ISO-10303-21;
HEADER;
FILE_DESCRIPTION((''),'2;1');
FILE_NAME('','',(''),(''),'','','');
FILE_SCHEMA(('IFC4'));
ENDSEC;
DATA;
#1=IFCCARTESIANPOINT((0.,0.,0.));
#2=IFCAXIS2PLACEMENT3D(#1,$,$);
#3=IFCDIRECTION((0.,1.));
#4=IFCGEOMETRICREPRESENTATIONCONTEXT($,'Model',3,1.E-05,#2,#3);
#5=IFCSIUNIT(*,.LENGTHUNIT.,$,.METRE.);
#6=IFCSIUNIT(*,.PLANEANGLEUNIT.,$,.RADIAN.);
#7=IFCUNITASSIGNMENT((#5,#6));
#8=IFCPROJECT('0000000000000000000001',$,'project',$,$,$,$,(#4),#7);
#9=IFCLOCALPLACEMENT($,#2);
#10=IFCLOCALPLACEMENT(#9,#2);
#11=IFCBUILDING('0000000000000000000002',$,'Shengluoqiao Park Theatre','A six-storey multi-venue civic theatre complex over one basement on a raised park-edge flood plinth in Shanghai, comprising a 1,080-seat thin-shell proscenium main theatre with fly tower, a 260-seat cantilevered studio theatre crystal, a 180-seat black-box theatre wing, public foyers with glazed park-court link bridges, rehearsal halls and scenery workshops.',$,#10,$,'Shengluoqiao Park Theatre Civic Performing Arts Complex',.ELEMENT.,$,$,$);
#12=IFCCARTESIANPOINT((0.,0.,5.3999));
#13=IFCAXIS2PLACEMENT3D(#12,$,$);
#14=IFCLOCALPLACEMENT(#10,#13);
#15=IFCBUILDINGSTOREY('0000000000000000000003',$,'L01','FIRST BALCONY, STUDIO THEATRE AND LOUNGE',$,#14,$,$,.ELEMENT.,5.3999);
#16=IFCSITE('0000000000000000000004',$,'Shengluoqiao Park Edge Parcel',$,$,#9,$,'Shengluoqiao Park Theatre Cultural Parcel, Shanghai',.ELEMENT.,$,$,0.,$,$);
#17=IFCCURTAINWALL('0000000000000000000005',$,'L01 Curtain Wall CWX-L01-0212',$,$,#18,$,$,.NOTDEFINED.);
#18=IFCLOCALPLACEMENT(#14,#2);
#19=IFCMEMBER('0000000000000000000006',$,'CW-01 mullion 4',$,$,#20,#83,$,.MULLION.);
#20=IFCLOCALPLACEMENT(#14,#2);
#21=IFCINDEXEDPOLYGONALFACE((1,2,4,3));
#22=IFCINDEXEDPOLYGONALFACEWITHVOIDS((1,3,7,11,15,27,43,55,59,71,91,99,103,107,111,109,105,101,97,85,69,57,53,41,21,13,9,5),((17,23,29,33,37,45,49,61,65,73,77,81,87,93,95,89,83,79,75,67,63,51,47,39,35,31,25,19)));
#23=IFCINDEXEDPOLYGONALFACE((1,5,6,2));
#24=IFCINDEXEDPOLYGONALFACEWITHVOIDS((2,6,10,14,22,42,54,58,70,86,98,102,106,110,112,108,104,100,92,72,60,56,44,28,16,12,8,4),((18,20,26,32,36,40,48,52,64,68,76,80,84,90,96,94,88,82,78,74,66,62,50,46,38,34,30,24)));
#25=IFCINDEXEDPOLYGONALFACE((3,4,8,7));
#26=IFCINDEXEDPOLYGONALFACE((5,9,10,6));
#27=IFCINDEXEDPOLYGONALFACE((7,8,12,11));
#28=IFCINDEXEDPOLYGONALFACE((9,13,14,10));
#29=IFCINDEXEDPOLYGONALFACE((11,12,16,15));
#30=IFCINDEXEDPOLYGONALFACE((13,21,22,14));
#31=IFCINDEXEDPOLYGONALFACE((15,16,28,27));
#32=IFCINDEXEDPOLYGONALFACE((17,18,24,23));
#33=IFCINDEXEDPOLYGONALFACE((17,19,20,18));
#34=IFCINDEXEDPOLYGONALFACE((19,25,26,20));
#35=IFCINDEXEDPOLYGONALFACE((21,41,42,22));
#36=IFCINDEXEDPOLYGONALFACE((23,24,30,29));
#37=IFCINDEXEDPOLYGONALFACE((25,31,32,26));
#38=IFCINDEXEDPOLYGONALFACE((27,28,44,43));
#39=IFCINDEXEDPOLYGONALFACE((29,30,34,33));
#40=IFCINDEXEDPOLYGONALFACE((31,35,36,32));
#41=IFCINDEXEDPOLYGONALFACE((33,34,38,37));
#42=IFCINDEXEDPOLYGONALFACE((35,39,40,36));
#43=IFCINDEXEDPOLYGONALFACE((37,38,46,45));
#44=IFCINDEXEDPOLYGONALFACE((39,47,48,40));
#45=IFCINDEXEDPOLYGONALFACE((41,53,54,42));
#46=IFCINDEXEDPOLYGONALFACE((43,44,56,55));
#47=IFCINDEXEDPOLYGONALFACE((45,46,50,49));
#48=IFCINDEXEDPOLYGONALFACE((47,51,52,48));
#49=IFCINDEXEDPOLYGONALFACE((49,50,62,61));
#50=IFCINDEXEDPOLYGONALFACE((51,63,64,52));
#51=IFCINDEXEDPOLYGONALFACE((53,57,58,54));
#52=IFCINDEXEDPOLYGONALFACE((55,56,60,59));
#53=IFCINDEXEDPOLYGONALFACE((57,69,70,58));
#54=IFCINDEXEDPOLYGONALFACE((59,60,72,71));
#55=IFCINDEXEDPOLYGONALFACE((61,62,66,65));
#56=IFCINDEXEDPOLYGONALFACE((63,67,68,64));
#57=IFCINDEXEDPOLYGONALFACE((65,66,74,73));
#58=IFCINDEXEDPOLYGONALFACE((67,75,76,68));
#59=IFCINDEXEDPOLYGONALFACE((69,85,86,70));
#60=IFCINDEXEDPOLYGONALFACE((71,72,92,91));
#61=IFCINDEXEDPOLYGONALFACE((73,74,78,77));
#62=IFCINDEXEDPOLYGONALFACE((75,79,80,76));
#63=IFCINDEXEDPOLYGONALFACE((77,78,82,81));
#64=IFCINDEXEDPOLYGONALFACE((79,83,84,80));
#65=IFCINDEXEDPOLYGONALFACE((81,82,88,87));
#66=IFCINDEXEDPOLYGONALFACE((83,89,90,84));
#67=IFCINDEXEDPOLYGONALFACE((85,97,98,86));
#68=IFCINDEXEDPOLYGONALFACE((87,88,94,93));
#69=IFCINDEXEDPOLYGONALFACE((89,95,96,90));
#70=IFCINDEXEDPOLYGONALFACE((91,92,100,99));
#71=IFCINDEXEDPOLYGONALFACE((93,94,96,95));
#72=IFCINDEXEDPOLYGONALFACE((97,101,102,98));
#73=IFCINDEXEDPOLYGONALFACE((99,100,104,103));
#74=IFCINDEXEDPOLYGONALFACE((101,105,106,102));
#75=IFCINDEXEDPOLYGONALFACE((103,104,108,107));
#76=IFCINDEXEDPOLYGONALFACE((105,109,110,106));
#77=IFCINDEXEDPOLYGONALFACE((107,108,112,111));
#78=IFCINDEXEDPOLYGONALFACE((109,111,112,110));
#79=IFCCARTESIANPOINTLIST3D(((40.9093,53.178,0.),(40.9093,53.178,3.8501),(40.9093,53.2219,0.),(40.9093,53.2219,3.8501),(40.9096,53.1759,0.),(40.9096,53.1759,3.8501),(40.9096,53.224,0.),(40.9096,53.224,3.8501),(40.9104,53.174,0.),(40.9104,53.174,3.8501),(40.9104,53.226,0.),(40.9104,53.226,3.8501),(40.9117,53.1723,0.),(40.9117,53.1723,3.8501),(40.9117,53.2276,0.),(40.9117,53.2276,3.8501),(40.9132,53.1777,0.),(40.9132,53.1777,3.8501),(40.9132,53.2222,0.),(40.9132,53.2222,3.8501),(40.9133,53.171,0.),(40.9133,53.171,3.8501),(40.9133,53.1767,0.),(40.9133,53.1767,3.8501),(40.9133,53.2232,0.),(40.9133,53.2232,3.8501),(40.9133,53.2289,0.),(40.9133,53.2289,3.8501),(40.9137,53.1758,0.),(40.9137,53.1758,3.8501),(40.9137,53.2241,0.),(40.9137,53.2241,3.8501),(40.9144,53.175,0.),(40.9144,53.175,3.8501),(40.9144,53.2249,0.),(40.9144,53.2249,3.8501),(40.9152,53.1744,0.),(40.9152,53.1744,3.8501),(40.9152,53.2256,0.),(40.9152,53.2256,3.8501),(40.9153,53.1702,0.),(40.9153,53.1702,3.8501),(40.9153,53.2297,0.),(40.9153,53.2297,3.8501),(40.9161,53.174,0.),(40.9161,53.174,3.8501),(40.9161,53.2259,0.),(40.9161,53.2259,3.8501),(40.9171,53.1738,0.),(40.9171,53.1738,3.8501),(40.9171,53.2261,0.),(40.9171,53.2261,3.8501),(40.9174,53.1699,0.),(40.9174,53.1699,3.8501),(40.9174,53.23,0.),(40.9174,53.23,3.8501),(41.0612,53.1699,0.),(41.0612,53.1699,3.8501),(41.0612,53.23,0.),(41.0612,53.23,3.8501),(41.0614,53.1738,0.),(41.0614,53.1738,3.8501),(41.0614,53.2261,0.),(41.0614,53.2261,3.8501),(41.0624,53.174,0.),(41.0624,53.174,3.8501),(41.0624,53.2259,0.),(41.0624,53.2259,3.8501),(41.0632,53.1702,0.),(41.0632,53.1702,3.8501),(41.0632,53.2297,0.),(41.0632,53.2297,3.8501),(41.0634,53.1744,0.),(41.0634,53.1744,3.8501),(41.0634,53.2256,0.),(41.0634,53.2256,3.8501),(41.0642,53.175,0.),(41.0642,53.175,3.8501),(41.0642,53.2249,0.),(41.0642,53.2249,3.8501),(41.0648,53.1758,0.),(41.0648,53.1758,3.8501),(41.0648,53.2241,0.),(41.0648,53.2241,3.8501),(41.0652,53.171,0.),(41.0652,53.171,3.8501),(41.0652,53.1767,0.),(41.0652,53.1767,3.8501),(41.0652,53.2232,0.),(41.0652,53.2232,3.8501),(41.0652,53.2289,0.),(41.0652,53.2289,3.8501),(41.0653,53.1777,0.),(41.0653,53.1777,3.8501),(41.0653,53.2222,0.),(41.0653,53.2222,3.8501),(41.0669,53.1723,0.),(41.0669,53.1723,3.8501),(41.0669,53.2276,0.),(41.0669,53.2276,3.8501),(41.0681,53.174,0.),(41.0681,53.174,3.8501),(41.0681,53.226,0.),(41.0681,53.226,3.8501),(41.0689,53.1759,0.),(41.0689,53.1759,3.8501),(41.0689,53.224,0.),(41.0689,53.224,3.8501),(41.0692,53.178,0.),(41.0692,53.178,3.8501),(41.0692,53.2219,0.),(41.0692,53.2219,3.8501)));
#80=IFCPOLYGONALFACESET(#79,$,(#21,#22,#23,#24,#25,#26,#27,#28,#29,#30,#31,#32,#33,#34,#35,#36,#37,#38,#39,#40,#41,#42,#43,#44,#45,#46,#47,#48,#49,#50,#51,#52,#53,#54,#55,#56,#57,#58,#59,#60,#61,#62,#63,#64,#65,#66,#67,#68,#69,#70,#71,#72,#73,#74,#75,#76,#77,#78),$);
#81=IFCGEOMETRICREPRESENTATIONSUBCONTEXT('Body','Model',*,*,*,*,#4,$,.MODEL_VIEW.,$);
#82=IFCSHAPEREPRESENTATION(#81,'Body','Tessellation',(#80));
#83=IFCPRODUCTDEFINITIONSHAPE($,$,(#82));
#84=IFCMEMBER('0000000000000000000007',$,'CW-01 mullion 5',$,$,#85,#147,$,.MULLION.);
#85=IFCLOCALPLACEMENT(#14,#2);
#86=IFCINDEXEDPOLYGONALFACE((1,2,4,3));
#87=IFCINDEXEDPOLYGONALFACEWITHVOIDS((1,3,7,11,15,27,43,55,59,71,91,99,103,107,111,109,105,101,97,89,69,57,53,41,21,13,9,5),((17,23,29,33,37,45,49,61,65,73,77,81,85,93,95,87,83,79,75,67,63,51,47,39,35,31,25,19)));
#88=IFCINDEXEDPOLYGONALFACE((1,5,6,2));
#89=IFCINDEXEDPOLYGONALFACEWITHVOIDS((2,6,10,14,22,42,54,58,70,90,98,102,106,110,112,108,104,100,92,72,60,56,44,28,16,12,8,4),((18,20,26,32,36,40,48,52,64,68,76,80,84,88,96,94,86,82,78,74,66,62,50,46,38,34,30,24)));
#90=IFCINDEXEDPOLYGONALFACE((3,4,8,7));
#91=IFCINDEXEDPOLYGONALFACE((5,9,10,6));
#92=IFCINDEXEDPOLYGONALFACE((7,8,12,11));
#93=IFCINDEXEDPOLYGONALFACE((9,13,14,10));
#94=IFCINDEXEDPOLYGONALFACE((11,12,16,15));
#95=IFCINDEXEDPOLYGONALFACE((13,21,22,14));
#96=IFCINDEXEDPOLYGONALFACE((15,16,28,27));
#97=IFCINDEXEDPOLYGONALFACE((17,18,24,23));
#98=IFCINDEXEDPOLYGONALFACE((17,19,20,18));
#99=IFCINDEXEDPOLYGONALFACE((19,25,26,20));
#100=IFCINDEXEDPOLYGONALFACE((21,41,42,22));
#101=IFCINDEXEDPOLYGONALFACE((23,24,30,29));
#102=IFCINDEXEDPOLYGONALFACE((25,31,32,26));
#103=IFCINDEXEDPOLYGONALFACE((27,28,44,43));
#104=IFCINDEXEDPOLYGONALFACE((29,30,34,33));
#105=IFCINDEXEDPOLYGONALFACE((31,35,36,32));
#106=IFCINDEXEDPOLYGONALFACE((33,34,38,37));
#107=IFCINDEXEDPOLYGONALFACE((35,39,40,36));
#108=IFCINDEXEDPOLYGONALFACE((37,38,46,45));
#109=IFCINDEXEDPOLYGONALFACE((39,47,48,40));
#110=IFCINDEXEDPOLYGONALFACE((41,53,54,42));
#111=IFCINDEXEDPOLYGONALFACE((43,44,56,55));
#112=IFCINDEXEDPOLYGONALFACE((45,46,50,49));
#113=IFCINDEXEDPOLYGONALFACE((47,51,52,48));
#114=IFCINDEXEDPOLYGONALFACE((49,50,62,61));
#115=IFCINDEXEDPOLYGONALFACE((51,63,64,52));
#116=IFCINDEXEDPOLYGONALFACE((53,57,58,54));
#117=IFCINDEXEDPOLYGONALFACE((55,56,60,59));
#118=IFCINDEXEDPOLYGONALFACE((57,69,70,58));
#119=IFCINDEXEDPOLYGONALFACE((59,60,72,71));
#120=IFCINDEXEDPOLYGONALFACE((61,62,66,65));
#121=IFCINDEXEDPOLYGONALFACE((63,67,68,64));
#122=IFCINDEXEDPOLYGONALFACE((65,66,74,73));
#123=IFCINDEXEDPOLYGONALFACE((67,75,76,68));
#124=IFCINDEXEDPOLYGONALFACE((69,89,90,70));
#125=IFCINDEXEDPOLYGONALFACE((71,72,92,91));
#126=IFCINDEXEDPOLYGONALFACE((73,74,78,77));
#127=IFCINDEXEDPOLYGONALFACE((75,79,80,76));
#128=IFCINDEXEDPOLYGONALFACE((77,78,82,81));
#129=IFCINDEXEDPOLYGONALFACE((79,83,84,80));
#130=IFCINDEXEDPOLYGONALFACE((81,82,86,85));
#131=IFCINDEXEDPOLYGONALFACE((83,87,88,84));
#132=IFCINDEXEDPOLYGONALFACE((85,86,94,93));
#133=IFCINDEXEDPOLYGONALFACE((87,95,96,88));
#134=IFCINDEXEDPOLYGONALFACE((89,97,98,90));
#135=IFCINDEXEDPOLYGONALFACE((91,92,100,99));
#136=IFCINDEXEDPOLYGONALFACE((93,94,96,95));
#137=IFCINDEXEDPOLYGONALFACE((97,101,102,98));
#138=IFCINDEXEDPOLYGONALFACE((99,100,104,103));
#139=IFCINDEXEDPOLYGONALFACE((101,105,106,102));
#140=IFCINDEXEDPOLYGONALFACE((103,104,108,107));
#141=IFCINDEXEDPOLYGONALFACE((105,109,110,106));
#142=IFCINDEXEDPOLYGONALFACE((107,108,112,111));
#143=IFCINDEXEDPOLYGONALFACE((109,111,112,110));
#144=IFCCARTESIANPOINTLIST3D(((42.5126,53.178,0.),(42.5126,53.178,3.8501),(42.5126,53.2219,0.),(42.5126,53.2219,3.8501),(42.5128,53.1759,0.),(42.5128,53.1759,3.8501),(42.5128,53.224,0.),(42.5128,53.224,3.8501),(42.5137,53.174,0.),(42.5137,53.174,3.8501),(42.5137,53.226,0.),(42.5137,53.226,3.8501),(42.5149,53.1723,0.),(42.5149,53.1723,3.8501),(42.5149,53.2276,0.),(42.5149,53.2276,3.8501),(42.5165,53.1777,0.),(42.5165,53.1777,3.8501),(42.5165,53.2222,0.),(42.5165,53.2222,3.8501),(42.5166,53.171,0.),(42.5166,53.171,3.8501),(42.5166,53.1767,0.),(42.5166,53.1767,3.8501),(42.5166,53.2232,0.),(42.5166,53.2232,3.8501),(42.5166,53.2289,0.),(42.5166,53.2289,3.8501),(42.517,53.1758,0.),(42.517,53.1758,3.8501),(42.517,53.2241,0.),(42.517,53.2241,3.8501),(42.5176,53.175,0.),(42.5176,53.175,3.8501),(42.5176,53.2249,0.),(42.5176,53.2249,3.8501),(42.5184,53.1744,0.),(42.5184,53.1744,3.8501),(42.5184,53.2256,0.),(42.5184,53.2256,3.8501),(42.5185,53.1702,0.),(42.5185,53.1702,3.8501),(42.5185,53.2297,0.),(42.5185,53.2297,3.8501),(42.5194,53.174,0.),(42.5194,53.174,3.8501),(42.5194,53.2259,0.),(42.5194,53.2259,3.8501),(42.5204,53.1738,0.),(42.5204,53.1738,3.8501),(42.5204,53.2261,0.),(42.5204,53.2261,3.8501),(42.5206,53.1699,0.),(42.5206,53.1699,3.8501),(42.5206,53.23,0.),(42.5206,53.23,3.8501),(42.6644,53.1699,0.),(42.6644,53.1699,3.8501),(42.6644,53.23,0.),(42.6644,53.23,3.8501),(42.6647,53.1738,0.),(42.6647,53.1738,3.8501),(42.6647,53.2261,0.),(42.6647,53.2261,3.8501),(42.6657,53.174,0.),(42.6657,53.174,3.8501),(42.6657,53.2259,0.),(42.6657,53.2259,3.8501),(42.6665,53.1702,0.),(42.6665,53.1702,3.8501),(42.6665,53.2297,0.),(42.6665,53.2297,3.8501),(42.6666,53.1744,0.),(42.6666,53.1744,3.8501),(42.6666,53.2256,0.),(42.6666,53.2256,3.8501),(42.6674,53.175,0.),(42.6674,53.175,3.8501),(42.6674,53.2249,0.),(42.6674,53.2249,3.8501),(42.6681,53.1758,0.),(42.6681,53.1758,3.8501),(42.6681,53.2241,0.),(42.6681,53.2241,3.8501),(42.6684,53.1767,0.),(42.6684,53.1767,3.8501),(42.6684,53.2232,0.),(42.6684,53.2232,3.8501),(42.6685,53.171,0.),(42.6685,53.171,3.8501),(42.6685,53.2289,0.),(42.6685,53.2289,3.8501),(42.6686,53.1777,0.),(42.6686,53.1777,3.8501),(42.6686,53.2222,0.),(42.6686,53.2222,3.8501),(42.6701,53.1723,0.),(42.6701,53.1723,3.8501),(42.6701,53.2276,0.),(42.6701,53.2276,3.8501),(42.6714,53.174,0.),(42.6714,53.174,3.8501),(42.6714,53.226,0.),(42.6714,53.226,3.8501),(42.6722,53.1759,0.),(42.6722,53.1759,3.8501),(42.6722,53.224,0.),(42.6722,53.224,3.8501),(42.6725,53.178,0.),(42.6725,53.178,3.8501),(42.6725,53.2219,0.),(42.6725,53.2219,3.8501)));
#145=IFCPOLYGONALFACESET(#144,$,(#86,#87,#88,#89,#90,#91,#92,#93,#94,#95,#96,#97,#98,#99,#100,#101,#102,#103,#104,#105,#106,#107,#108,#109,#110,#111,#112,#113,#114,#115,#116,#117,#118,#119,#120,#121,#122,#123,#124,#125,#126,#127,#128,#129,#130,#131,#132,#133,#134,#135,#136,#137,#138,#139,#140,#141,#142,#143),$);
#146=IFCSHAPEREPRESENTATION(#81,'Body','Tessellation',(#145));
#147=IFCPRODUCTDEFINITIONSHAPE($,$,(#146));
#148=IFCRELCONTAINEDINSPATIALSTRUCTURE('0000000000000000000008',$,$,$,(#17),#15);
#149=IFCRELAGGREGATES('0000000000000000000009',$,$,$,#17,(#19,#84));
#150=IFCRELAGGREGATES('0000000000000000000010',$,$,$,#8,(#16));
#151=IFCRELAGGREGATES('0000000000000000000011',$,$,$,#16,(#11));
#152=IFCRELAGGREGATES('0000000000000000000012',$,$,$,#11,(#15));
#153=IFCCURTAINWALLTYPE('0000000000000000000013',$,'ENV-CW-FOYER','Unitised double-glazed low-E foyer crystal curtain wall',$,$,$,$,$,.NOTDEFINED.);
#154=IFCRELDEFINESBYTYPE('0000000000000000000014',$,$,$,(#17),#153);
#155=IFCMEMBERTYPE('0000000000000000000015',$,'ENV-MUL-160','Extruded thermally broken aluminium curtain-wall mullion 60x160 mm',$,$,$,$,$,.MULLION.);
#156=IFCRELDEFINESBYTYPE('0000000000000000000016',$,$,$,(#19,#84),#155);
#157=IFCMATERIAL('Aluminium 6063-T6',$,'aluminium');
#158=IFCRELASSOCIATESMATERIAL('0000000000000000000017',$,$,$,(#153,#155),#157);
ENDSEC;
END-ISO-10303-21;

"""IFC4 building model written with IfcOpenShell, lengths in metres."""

from ifc_helpers import new_model, si_unit, direction, frame, origin, origin_2d, place, context, subcontext, project, spatial, hollow_rectangle, extrude, material, material_profile, profile_set, type_object, element, aggregate, save


model = new_model("IFC4")

# Units and contexts
model_context = context("Model", 3, precision=1e-05, world=origin(), true_north=direction((0.0, 1.0)))
body_context = subcontext(model_context, "Body", "Model", "MODEL_VIEW")
ifc_project = project(units=[si_unit("LENGTHUNIT", "METRE"), si_unit("PLANEANGLEUNIT", "RADIAN")], contexts=[model_context])

# Site, building, storey
site_placement = place(None, origin())
site = spatial("IfcSite", under=ifc_project, at=site_placement, Name="Shengluoqiao Park Edge Parcel", LongName="Shengluoqiao Park Theatre Cultural Parcel, Shanghai", CompositionType="ELEMENT", RefElevation=0.0)
building_placement = place(site_placement, origin())
building = spatial("IfcBuilding", under=site, at=building_placement, Name="Shengluoqiao Park Theatre", Description="A six-storey multi-venue civic theatre complex over one basement on a raised park-edge flood plinth in Shanghai, comprising a 1,080-seat thin-shell proscenium main theatre with fly tower, a 260-seat cantilevered studio theatre crystal, a 180-seat black-box theatre wing, public foyers with glazed park-court link bridges, rehearsal halls and scenery workshops.", LongName="Shengluoqiao Park Theatre Civic Performing Arts Complex", CompositionType="ELEMENT")
storey_placement = place(building_placement, frame((0.0, 0.0, 5.3999)))
storey = spatial("IfcBuildingStorey", under=building, at=storey_placement, Name="L01", Description="FIRST BALCONY, STUDIO THEATRE AND LOUNGE", CompositionType="ELEMENT", Elevation=5.3999)

# Curtain wall, members
ifc_material_1 = material(Name="Aluminium 6063-T6", Category="aluminium")
curtain_wall_type = type_object("IfcCurtainWallType", Name="ENV-CW-FOYER", Description="Unitised double-glazed low-E foyer crystal curtain wall", PredefinedType="NOTDEFINED", material=ifc_material_1)
curtain_wall_placement = place(storey_placement, origin())
curtain_wall = element("IfcCurtainWall", 1, at=curtain_wall_placement, inside=storey, type_object=curtain_wall_type, Name="L01 Curtain Wall CWX-L01-0212", PredefinedType="NOTDEFINED")
ifc_material_profile_1 = material_profile(ifc_material_1, hollow_rectangle(XDim=0.0601, YDim=0.1599, WallThickness=0.0039, InnerFilletRadius=0.0039, OuterFilletRadius=0.0081, at=origin_2d()), Name="ALU MULLION 160x60x4")
ifc_profile_set_1 = profile_set([ifc_material_profile_1], Name="Aluminium 6063-T6")
member_type_1 = type_object("IfcMemberType", Name="ENV-MUL-160", Description="Extruded thermally broken aluminium curtain-wall mullion 60x160 mm", PredefinedType="MULLION", material=ifc_profile_set_1)
member_1_placement = place(storey_placement, frame((40.9893, 53.2, 0.0), z_axis=(0.0, 0.0, 1.0), x_axis=(0.0, 1.0, 0.0)))
member_1 = element("IfcMember", 2, at=member_1_placement, type_object=member_type_1, Name="CW-01 mullion 4", PredefinedType="MULLION", context=body_context, shape_type="SweptSolid", body=[
    extrude(hollow_rectangle(XDim=0.0601, YDim=0.1599, WallThickness=0.0039, InnerFilletRadius=0.0039, OuterFilletRadius=0.0081, at=origin_2d()), origin(), (0.0, 0.0, 1.0), 3.8501),
])
member_2_placement = place(storey_placement, frame((42.5925, 53.2, 0.0), z_axis=(0.0, 0.0, 1.0), x_axis=(0.0, 1.0, 0.0)))
member_2 = element("IfcMember", 3, at=member_2_placement, type_object=member_type_1, Name="CW-01 mullion 5", PredefinedType="MULLION", context=body_context, shape_type="SweptSolid", body=[
    extrude(hollow_rectangle(XDim=0.0601, YDim=0.1599, WallThickness=0.0039, InnerFilletRadius=0.0039, OuterFilletRadius=0.0081, at=origin_2d()), origin(), (0.0, 0.0, 1.0), 3.8501),
])

aggregate(curtain_wall, [member_1, member_2])

save(model, "model.ifc")
